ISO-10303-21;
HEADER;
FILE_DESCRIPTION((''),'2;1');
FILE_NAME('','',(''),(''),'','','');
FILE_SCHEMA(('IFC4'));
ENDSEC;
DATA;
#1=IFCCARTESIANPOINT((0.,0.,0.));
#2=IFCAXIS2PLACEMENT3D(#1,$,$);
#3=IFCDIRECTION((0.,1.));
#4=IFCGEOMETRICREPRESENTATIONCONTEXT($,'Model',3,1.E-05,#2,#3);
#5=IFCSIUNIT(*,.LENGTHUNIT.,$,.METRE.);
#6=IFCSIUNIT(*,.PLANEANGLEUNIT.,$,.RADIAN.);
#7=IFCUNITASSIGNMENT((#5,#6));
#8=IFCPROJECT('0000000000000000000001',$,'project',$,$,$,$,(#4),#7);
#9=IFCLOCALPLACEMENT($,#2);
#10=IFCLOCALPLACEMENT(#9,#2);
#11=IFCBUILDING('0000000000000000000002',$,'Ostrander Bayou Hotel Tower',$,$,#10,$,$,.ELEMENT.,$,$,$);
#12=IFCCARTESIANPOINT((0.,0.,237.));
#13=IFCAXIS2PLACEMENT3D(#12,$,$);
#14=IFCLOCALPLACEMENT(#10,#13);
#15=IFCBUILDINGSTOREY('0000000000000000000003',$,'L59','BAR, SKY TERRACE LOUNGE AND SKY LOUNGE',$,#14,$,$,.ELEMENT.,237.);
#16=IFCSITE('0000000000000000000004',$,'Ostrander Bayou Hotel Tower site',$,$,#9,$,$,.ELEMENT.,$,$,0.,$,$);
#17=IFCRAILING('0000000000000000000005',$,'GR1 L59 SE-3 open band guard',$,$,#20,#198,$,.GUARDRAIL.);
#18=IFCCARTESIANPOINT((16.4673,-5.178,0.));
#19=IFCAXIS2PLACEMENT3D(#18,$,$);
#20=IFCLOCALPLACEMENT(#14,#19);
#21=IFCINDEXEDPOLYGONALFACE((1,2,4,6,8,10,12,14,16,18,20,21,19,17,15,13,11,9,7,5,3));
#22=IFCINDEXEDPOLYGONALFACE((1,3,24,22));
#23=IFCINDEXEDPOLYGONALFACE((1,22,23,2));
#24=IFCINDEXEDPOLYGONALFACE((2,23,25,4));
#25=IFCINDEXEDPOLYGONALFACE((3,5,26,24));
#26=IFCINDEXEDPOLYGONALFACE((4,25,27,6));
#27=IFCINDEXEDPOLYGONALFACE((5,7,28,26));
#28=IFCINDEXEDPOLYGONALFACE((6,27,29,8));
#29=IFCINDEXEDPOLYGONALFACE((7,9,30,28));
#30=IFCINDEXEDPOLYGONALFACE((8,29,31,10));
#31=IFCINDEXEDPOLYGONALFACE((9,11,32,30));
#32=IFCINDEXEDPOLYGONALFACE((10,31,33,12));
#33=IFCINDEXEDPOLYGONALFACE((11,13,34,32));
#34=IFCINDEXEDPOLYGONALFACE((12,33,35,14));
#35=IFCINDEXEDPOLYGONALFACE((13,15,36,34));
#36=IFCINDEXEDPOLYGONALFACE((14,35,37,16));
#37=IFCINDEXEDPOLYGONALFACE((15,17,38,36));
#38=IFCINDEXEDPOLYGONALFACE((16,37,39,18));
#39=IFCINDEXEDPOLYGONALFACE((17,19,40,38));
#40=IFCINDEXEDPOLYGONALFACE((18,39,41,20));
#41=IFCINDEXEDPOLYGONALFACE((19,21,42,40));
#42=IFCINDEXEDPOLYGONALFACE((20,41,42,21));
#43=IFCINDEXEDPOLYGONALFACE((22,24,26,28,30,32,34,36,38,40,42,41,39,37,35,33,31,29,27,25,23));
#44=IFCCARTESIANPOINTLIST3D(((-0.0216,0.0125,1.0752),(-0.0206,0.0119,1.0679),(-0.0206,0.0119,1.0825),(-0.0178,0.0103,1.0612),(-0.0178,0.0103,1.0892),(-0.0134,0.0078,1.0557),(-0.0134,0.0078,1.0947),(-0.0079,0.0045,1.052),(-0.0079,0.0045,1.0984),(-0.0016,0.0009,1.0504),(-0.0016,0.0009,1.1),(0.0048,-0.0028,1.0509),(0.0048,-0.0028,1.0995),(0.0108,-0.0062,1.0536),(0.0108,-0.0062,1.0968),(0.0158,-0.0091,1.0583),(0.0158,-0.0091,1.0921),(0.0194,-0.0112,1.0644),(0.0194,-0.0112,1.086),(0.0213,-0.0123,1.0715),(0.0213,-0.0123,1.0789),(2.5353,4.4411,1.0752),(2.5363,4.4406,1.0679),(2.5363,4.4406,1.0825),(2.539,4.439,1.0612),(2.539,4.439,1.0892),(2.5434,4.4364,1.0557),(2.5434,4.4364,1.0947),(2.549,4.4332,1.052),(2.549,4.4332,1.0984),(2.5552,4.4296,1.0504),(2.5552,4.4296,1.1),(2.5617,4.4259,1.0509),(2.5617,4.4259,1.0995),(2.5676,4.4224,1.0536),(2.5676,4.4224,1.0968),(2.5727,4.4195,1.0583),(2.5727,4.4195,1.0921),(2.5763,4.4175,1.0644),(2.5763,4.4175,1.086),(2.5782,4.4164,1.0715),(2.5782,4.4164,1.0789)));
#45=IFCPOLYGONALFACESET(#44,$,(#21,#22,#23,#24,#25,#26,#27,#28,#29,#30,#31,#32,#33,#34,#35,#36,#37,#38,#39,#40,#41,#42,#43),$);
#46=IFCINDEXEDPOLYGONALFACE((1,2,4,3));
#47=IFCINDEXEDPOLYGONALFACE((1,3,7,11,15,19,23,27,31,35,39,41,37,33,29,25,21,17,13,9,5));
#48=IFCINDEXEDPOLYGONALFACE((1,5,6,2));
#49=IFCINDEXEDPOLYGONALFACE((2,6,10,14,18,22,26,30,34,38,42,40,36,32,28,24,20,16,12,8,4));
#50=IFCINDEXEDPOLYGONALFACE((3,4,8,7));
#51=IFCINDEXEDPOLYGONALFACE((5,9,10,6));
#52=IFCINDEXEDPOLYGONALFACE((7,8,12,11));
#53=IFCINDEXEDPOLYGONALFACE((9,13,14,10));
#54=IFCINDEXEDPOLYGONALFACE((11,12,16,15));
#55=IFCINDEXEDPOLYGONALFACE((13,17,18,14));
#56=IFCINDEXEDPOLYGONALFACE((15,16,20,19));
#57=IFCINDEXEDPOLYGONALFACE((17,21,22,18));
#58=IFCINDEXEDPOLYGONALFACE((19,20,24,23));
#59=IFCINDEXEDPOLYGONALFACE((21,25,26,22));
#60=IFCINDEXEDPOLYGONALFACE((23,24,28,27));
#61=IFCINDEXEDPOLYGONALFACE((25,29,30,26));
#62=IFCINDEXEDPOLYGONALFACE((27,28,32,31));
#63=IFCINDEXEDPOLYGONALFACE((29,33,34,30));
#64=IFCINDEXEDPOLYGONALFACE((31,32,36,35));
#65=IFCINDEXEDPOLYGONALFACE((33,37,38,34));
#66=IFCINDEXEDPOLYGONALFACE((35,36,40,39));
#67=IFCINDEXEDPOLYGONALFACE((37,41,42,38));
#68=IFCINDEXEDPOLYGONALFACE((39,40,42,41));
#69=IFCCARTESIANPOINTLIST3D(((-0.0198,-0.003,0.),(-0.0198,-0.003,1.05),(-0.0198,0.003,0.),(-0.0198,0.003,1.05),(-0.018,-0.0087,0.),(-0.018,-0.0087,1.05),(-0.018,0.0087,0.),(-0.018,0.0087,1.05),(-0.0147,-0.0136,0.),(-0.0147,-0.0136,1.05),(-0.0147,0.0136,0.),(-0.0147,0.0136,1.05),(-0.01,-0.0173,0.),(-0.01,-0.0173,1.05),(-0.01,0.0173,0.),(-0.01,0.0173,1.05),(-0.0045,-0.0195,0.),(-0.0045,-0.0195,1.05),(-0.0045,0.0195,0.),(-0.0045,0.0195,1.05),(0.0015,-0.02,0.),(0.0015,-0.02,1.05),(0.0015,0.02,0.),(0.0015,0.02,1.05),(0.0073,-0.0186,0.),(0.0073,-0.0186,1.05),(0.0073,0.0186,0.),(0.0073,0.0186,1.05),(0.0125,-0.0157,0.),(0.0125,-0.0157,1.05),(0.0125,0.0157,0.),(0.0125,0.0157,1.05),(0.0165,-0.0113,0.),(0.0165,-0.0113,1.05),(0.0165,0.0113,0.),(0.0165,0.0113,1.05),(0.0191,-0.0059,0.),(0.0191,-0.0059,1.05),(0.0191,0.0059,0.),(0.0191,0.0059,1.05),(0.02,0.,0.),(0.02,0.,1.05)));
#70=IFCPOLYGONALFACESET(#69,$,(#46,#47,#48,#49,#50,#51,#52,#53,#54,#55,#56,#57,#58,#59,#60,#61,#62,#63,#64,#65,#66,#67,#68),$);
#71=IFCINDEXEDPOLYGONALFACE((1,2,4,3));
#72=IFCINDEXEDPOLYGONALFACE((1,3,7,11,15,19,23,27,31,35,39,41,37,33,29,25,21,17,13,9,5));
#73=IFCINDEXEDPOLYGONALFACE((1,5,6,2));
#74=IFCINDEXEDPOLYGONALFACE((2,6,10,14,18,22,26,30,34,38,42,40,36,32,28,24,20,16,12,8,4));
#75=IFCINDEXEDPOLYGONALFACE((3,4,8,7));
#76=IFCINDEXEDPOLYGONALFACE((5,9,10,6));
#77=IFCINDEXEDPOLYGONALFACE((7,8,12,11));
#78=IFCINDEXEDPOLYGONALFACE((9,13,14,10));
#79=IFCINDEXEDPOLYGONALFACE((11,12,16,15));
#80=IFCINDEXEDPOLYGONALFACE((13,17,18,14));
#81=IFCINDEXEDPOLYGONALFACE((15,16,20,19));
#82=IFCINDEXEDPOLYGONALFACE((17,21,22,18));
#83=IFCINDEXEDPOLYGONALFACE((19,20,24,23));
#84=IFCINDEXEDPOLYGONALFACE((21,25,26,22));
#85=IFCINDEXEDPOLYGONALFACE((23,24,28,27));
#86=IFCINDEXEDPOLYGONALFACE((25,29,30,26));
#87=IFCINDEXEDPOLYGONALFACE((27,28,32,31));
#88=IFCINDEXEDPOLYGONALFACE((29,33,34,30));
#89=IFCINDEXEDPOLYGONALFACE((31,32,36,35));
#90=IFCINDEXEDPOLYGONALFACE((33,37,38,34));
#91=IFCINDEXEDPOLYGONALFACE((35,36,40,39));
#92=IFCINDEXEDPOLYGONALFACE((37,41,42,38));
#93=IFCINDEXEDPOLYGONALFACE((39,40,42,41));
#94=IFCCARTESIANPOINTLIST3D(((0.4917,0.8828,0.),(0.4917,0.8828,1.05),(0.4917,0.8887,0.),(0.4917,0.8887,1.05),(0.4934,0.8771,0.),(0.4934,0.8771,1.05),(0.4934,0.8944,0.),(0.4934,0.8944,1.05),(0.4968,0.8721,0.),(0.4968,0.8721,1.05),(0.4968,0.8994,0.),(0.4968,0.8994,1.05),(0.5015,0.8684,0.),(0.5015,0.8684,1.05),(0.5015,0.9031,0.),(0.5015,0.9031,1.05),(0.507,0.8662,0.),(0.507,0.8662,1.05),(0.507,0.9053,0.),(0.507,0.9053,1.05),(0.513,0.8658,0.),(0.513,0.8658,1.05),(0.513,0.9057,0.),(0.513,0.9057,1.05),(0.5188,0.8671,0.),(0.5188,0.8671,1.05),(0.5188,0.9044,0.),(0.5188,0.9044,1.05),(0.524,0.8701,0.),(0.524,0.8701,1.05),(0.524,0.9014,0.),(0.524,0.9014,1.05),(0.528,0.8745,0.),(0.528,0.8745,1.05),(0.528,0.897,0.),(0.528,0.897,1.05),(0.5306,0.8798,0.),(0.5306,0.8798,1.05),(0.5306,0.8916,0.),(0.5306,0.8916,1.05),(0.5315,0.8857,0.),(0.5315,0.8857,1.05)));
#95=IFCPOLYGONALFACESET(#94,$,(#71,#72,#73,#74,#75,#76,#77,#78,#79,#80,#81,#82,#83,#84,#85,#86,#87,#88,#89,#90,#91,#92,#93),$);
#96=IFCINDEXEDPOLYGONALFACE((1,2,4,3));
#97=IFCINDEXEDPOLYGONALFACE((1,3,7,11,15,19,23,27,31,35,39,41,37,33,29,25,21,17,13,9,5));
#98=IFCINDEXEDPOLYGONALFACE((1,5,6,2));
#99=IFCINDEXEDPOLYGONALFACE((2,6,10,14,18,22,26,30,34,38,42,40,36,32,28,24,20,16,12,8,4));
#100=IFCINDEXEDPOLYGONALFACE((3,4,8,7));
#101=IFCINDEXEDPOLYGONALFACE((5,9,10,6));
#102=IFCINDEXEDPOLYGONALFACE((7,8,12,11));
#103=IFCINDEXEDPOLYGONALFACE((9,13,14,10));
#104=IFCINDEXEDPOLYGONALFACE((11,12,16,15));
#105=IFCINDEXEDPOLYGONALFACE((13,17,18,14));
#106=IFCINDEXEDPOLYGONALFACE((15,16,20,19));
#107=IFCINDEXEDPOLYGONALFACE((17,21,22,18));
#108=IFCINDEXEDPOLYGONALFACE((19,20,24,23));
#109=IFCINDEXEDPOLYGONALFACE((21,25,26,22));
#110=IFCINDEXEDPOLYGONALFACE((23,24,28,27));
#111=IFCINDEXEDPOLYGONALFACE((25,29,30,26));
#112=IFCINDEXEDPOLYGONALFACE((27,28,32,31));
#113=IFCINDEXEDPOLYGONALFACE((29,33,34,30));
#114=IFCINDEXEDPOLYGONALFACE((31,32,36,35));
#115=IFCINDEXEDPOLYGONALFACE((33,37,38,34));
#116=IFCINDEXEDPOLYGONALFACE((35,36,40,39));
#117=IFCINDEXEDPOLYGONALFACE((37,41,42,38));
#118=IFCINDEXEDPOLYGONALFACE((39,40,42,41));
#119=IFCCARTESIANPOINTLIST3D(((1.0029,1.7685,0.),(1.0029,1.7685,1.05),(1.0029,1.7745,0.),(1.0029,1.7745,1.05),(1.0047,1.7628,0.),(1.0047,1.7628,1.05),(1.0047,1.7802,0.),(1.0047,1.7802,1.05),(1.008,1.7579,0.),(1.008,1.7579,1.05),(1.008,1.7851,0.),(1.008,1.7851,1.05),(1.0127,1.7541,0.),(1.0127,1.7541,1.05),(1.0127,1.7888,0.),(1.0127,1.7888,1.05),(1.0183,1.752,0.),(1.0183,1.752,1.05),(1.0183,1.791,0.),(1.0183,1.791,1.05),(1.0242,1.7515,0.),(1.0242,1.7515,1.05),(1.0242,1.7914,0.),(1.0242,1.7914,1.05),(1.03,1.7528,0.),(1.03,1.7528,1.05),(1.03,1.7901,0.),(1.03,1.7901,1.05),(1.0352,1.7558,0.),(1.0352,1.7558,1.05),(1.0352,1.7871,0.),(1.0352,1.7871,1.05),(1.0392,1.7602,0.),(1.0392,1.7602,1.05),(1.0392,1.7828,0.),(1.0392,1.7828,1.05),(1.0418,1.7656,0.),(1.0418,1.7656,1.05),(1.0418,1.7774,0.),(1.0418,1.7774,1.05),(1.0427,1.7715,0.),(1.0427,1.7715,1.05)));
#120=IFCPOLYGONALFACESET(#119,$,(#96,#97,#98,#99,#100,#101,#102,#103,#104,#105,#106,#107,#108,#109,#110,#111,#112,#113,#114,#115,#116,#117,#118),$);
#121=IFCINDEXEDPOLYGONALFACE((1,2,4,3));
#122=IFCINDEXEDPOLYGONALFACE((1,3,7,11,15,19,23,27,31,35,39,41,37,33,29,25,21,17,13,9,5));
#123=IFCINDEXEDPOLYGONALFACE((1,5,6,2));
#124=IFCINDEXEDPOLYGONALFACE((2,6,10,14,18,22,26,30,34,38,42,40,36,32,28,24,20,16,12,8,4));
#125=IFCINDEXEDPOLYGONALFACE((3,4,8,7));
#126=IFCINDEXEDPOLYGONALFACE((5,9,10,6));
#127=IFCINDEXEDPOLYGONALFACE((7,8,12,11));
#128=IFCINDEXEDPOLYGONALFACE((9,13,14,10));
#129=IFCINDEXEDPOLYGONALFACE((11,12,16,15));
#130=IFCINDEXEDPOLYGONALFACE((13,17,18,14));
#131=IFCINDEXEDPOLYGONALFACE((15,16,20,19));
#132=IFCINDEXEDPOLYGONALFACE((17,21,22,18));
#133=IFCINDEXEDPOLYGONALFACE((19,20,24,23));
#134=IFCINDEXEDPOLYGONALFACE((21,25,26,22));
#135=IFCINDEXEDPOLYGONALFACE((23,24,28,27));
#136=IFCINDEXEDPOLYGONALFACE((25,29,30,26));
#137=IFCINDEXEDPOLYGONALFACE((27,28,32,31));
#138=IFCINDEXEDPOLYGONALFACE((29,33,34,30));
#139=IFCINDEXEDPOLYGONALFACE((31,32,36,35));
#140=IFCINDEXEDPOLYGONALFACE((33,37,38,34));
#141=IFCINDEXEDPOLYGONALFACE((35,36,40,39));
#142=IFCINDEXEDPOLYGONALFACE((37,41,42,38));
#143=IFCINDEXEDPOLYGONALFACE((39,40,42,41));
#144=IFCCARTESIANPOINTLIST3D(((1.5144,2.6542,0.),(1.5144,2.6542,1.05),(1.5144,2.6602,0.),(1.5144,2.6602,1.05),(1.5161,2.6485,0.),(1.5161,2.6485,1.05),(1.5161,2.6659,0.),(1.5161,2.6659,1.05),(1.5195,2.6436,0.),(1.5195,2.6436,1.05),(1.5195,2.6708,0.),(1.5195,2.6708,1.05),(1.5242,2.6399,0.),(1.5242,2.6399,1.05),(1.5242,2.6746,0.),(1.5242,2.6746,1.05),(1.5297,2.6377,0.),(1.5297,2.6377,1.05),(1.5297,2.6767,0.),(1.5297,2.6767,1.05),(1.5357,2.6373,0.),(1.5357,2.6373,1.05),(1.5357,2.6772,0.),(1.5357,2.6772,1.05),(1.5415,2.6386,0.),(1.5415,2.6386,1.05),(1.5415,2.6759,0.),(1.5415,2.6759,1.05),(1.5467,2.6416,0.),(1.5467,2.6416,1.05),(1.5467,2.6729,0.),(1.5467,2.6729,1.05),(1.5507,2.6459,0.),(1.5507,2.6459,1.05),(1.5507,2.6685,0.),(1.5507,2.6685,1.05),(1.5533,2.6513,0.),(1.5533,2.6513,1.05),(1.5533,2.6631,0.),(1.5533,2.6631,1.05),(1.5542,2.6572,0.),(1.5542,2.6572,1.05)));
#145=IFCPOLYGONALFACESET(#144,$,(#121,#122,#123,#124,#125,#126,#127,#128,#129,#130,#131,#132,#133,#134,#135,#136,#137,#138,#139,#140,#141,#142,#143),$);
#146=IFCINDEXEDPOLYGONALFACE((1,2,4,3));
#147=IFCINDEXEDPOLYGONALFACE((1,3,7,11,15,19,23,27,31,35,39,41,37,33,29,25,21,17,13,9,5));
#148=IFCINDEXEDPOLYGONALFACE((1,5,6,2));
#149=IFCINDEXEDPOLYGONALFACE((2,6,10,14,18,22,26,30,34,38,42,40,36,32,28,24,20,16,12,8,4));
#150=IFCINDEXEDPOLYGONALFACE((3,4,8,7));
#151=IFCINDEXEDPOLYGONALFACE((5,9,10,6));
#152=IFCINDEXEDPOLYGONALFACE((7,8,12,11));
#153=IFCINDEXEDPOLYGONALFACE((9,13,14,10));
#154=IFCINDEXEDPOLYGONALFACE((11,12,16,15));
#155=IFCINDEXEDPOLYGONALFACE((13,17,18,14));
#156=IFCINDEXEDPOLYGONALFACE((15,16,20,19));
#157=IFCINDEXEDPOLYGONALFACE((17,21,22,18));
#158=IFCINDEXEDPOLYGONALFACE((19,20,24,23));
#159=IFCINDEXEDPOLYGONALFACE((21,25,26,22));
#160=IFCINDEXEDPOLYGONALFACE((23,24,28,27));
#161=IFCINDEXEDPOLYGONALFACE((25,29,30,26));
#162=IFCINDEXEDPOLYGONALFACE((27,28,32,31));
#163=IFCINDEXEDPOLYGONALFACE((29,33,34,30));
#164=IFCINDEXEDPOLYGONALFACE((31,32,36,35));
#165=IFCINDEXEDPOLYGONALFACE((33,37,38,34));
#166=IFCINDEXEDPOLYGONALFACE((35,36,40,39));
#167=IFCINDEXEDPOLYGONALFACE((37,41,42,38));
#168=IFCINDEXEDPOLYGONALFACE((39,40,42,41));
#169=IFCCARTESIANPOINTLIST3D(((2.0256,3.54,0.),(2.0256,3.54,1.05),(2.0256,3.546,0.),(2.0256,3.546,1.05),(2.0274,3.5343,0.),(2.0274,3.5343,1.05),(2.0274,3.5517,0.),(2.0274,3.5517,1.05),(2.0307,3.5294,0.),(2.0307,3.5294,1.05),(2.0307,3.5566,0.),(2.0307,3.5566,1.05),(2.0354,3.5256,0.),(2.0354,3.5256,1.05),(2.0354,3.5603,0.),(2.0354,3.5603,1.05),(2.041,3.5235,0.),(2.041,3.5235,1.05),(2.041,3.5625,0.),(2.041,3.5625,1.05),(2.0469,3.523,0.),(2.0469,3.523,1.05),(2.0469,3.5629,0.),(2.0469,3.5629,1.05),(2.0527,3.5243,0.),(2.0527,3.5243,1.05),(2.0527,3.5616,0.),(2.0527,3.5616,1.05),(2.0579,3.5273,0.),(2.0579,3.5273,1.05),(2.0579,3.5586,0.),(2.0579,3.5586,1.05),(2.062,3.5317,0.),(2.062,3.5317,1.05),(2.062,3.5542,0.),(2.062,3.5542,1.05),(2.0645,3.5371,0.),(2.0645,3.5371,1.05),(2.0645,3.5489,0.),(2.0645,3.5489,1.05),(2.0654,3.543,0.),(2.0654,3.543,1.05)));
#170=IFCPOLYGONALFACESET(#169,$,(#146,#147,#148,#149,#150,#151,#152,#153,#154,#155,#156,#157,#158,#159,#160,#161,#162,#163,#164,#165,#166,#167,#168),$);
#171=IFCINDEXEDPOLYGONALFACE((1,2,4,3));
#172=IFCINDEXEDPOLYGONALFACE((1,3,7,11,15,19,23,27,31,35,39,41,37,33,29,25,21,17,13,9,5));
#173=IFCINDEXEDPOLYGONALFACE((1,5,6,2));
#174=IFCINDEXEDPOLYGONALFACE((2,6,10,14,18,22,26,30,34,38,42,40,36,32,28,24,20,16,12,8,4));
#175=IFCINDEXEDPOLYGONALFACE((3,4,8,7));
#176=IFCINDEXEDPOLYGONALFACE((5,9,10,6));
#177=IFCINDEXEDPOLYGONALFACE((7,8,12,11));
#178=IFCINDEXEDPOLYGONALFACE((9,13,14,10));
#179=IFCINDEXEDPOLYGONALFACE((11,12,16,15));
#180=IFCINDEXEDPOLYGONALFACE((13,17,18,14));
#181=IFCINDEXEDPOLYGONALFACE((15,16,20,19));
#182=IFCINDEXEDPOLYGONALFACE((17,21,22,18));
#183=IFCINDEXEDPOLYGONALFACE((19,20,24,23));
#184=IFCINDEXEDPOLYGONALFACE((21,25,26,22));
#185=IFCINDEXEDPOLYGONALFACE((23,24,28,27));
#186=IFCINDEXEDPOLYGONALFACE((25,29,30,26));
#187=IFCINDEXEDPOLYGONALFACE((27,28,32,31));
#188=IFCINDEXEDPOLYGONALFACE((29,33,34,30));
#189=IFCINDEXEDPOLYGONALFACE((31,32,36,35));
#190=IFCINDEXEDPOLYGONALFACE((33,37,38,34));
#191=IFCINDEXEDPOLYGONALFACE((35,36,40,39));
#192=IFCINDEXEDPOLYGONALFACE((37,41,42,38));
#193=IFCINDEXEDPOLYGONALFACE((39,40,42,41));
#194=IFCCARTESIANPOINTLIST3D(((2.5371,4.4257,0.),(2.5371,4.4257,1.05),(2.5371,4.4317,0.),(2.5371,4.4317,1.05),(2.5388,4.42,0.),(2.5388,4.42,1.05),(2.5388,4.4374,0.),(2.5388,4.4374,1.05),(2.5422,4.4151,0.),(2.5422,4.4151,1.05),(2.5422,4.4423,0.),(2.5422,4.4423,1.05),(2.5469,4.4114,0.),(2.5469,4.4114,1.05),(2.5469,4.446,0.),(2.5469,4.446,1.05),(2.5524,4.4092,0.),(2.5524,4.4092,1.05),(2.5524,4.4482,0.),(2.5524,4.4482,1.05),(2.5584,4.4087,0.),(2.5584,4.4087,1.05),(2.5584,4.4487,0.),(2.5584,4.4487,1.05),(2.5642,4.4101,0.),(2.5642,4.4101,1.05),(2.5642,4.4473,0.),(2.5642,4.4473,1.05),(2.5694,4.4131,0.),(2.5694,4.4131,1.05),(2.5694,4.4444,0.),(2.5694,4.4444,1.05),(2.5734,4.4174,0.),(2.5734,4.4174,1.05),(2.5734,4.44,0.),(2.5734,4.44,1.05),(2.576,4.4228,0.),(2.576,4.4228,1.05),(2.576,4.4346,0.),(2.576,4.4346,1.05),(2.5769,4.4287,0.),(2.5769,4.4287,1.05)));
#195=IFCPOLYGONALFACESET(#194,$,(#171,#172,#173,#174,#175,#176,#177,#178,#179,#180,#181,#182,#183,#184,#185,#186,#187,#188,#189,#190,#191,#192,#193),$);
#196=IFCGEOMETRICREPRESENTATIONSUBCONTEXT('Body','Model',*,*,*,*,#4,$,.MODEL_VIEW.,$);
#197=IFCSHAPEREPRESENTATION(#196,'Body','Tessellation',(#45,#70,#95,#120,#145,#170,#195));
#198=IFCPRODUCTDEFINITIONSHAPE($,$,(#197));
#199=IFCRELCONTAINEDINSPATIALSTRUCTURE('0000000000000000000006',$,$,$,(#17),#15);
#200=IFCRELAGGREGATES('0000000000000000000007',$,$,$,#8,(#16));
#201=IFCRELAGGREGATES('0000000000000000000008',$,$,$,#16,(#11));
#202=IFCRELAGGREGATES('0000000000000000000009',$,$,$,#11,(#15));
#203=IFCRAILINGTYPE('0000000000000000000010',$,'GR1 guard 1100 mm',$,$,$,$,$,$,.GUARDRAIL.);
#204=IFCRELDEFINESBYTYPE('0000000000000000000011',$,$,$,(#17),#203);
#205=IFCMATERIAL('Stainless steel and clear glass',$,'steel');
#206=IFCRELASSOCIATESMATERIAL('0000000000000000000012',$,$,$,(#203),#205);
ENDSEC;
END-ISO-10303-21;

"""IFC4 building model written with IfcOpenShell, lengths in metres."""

from ifc_helpers import new_model, si_unit, direction, frame, origin, origin_2d, place, context, subcontext, project, spatial, circle, extrude, material, type_object, element, save


model = new_model("IFC4")

# Units and contexts
model_context = context("Model", 3, precision=1e-05, world=origin(), true_north=direction((0.0, 1.0)))
body_context = subcontext(model_context, "Body", "Model", "MODEL_VIEW")
ifc_project = project(units=[si_unit("LENGTHUNIT", "METRE"), si_unit("PLANEANGLEUNIT", "RADIAN")], contexts=[model_context])

# Site, building, storey
site_placement = place(None, origin())
site = spatial("IfcSite", under=ifc_project, at=site_placement, Name="Ostrander Bayou Hotel Tower site", CompositionType="ELEMENT", RefElevation=0.0)
building_placement = place(site_placement, origin())
building = spatial("IfcBuilding", under=site, at=building_placement, Name="Ostrander Bayou Hotel Tower", CompositionType="ELEMENT")
storey_placement = place(building_placement, frame((0.0, 0.0, 237.0)))
storey = spatial("IfcBuildingStorey", under=building, at=storey_placement, Name="L59", Description="BAR, SKY TERRACE LOUNGE AND SKY LOUNGE", CompositionType="ELEMENT", Elevation=237.0)

# Railing
ifc_material_1 = material(Name="Stainless steel and clear glass", Category="steel")
railing_type_1 = type_object("IfcRailingType", Name="GR1 guard 1100 mm", PredefinedType="GUARDRAIL", material=ifc_material_1)
railing_1_placement = place(storey_placement, frame((16.4673, -5.178, 0.0)))
element("IfcRailing", 1, at=railing_1_placement, inside=storey, type_object=railing_type_1, Name="GR1 L59 SE-3 open band guard", PredefinedType="GUARDRAIL", context=body_context, shape_type="SweptSolid", body=[
    extrude(circle(Radius=0.0249, at=origin_2d()), frame((0.0, 0.0, 1.0752), z_axis=(0.499995, 0.866028, 0.0), x_axis=(-0.866028, 0.499995, 0.0)), (0.0, 0.0, 1.0), 5.1138),
    extrude(circle(Radius=0.02, at=origin_2d()), origin(), (0.0, 0.0, 1.0), 1.05),
    extrude(circle(Radius=0.02, at=origin_2d()), frame((0.5115, 0.8857, 0.0)), (0.0, 0.0, 1.0), 1.05),
    extrude(circle(Radius=0.02, at=origin_2d()), frame((1.0227, 1.7715, 0.0)), (0.0, 0.0, 1.0), 1.05),
    extrude(circle(Radius=0.02, at=origin_2d()), frame((1.5342, 2.6572, 0.0)), (0.0, 0.0, 1.0), 1.05),
    extrude(circle(Radius=0.02, at=origin_2d()), frame((2.0454, 3.543, 0.0)), (0.0, 0.0, 1.0), 1.05),
    extrude(circle(Radius=0.02, at=origin_2d()), frame((2.5569, 4.4287, 0.0)), (0.0, 0.0, 1.0), 1.05),
])

save(model, "model.ifc")
